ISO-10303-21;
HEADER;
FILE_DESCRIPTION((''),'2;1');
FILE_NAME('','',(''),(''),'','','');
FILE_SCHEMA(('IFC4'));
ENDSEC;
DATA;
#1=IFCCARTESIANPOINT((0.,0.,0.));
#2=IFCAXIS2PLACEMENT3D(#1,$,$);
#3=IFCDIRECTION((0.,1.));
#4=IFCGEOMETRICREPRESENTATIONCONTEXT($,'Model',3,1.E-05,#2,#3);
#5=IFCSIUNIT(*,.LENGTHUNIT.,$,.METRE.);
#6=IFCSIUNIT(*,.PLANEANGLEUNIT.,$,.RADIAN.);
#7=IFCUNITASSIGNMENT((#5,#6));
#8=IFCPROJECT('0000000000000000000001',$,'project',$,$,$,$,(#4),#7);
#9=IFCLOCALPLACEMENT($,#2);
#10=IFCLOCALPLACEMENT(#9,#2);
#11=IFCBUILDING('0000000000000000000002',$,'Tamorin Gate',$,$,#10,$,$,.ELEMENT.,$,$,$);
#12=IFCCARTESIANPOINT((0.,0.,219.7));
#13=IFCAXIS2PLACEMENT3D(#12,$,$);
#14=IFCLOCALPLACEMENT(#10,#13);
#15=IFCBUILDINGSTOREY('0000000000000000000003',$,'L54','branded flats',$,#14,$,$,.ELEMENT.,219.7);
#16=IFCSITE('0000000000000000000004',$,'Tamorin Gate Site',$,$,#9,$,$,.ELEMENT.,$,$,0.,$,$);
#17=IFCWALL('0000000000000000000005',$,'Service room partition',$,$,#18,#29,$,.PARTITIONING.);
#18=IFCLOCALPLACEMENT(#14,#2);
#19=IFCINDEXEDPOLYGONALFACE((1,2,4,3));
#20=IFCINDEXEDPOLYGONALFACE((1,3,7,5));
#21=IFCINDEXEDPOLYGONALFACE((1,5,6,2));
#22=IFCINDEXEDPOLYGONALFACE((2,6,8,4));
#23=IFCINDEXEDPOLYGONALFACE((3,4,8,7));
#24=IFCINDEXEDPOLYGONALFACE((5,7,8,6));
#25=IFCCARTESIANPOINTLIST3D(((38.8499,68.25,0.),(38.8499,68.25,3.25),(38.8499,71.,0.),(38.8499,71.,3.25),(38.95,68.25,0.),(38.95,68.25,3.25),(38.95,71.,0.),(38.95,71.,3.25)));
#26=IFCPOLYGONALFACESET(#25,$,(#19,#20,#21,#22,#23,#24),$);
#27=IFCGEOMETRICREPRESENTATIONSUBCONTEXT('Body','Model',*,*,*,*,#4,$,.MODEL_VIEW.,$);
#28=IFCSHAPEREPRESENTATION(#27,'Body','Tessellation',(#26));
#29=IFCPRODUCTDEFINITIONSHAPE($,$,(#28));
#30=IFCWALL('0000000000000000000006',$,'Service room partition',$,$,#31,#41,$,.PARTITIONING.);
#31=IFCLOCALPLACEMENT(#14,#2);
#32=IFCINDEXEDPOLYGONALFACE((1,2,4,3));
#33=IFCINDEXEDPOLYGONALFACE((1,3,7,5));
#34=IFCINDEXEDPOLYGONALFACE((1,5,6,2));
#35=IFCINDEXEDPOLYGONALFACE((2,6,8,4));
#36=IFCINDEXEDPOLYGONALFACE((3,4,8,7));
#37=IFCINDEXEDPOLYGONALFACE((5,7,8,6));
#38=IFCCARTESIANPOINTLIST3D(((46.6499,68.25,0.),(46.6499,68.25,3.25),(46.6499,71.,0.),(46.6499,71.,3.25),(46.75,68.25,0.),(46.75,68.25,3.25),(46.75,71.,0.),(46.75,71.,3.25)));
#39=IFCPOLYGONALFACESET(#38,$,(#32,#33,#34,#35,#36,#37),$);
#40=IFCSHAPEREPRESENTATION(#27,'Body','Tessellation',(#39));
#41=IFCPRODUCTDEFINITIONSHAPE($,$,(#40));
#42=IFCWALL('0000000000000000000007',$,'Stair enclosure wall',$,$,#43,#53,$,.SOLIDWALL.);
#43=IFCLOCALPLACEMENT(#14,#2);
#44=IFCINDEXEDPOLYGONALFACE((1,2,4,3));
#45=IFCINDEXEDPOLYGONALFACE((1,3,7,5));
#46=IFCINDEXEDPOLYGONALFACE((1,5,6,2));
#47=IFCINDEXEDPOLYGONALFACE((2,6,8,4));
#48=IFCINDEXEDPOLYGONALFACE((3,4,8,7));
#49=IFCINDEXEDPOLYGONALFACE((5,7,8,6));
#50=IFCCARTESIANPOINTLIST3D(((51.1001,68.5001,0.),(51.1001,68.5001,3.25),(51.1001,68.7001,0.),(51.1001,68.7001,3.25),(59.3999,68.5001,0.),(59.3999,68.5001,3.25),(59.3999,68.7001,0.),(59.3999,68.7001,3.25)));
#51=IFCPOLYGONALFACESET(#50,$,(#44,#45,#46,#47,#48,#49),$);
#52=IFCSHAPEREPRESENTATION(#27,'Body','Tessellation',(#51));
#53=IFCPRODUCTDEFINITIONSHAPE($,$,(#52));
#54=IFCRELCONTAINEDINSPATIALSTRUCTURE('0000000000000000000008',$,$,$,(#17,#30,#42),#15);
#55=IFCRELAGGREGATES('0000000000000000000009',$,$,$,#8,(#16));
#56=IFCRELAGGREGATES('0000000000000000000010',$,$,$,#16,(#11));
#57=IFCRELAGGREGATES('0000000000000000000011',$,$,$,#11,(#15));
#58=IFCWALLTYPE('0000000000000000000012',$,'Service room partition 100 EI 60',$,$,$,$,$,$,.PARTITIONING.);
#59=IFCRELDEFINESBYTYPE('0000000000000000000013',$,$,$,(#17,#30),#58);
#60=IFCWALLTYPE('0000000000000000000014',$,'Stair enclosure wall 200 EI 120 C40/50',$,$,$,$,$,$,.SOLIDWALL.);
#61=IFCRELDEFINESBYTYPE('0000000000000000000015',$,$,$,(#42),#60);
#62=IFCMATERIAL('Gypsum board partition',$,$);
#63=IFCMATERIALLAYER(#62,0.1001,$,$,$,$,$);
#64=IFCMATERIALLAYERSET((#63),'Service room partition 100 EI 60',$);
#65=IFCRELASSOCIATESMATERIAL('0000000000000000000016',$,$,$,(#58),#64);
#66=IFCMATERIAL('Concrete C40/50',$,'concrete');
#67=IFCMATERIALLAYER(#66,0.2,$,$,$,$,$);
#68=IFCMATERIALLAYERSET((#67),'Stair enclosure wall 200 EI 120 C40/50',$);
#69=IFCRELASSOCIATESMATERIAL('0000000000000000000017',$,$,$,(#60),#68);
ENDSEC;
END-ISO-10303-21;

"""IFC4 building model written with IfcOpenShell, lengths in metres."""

from ifc_helpers import new_model, si_unit, direction, frame, frame_2d, origin, place, context, subcontext, project, spatial, rectangle, extrude, material, layer, layer_set, type_object, element, save


model = new_model("IFC4")

# Units and contexts
model_context = context("Model", 3, precision=1e-05, world=origin(), true_north=direction((0.0, 1.0)))
body_context = subcontext(model_context, "Body", "Model", "MODEL_VIEW")
ifc_project = project(units=[si_unit("LENGTHUNIT", "METRE"), si_unit("PLANEANGLEUNIT", "RADIAN")], contexts=[model_context])

# Site, building, storey
site_placement = place(None, origin())
site = spatial("IfcSite", under=ifc_project, at=site_placement, Name="Tamorin Gate Site", CompositionType="ELEMENT", RefElevation=0.0)
building_placement = place(site_placement, origin())
building = spatial("IfcBuilding", under=site, at=building_placement, Name="Tamorin Gate", CompositionType="ELEMENT")
storey_placement = place(building_placement, frame((0.0, 0.0, 219.7)))
storey = spatial("IfcBuildingStorey", under=building, at=storey_placement, Name="L54", Description="branded flats", CompositionType="ELEMENT", Elevation=219.7)

# Shared definitions
ifc_material_1 = material(Name="Gypsum board partition")

# Walls
ifc_layer_1 = layer(ifc_material_1, 0.1001)
ifc_layer_set_1 = layer_set([ifc_layer_1], Name="Service room partition 100 EI 60")
wall_type_1 = type_object("IfcWallType", Name="Service room partition 100 EI 60", PredefinedType="PARTITIONING", material=ifc_layer_set_1)
for number, where, z_axis, x_axis, name in (
    (1, (38.8999, 68.25, 0.0), (0.0, 0.0, 1.0), (0.0, 1.0, 0.0), "Service room partition"),
    (2, (46.7, 68.25, 0.0), (0.0, 0.0, 1.0), (0.0, 1.0, 0.0), "Service room partition"),
):
    element("IfcWall", number, at=place(storey_placement, frame(where, z_axis=z_axis, x_axis=x_axis)), inside=storey, type_object=wall_type_1, Name=name, PredefinedType="PARTITIONING", context=body_context, shape_type="SweptSolid", body=[
        extrude(rectangle(XDim=2.75, YDim=0.1001, at=frame_2d((1.375, 0.0))), origin(), (0.0, 0.0, 1.0), 3.25),
    ])
ifc_material_2 = material(Name="Concrete C40/50", Category="concrete")
ifc_layer_2 = layer(ifc_material_2, 0.2)
ifc_layer_set_2 = layer_set([ifc_layer_2], Name="Stair enclosure wall 200 EI 120 C40/50")
wall_type_2 = type_object("IfcWallType", Name="Stair enclosure wall 200 EI 120 C40/50", PredefinedType="SOLIDWALL", material=ifc_layer_set_2)
wall_1_placement = place(storey_placement, frame((51.1001, 68.6001, 0.0), z_axis=(0.0, 0.0, 1.0), x_axis=(1.0, 0.0, 0.0)))
element("IfcWall", 3, at=wall_1_placement, inside=storey, type_object=wall_type_2, Name="Stair enclosure wall", PredefinedType="SOLIDWALL", context=body_context, shape_type="SweptSolid", body=[
    extrude(rectangle(XDim=8.2998, YDim=0.2, at=frame_2d((4.1499, 0.0))), origin(), (0.0, 0.0, 1.0), 3.25),
])

save(model, "model.ifc")
